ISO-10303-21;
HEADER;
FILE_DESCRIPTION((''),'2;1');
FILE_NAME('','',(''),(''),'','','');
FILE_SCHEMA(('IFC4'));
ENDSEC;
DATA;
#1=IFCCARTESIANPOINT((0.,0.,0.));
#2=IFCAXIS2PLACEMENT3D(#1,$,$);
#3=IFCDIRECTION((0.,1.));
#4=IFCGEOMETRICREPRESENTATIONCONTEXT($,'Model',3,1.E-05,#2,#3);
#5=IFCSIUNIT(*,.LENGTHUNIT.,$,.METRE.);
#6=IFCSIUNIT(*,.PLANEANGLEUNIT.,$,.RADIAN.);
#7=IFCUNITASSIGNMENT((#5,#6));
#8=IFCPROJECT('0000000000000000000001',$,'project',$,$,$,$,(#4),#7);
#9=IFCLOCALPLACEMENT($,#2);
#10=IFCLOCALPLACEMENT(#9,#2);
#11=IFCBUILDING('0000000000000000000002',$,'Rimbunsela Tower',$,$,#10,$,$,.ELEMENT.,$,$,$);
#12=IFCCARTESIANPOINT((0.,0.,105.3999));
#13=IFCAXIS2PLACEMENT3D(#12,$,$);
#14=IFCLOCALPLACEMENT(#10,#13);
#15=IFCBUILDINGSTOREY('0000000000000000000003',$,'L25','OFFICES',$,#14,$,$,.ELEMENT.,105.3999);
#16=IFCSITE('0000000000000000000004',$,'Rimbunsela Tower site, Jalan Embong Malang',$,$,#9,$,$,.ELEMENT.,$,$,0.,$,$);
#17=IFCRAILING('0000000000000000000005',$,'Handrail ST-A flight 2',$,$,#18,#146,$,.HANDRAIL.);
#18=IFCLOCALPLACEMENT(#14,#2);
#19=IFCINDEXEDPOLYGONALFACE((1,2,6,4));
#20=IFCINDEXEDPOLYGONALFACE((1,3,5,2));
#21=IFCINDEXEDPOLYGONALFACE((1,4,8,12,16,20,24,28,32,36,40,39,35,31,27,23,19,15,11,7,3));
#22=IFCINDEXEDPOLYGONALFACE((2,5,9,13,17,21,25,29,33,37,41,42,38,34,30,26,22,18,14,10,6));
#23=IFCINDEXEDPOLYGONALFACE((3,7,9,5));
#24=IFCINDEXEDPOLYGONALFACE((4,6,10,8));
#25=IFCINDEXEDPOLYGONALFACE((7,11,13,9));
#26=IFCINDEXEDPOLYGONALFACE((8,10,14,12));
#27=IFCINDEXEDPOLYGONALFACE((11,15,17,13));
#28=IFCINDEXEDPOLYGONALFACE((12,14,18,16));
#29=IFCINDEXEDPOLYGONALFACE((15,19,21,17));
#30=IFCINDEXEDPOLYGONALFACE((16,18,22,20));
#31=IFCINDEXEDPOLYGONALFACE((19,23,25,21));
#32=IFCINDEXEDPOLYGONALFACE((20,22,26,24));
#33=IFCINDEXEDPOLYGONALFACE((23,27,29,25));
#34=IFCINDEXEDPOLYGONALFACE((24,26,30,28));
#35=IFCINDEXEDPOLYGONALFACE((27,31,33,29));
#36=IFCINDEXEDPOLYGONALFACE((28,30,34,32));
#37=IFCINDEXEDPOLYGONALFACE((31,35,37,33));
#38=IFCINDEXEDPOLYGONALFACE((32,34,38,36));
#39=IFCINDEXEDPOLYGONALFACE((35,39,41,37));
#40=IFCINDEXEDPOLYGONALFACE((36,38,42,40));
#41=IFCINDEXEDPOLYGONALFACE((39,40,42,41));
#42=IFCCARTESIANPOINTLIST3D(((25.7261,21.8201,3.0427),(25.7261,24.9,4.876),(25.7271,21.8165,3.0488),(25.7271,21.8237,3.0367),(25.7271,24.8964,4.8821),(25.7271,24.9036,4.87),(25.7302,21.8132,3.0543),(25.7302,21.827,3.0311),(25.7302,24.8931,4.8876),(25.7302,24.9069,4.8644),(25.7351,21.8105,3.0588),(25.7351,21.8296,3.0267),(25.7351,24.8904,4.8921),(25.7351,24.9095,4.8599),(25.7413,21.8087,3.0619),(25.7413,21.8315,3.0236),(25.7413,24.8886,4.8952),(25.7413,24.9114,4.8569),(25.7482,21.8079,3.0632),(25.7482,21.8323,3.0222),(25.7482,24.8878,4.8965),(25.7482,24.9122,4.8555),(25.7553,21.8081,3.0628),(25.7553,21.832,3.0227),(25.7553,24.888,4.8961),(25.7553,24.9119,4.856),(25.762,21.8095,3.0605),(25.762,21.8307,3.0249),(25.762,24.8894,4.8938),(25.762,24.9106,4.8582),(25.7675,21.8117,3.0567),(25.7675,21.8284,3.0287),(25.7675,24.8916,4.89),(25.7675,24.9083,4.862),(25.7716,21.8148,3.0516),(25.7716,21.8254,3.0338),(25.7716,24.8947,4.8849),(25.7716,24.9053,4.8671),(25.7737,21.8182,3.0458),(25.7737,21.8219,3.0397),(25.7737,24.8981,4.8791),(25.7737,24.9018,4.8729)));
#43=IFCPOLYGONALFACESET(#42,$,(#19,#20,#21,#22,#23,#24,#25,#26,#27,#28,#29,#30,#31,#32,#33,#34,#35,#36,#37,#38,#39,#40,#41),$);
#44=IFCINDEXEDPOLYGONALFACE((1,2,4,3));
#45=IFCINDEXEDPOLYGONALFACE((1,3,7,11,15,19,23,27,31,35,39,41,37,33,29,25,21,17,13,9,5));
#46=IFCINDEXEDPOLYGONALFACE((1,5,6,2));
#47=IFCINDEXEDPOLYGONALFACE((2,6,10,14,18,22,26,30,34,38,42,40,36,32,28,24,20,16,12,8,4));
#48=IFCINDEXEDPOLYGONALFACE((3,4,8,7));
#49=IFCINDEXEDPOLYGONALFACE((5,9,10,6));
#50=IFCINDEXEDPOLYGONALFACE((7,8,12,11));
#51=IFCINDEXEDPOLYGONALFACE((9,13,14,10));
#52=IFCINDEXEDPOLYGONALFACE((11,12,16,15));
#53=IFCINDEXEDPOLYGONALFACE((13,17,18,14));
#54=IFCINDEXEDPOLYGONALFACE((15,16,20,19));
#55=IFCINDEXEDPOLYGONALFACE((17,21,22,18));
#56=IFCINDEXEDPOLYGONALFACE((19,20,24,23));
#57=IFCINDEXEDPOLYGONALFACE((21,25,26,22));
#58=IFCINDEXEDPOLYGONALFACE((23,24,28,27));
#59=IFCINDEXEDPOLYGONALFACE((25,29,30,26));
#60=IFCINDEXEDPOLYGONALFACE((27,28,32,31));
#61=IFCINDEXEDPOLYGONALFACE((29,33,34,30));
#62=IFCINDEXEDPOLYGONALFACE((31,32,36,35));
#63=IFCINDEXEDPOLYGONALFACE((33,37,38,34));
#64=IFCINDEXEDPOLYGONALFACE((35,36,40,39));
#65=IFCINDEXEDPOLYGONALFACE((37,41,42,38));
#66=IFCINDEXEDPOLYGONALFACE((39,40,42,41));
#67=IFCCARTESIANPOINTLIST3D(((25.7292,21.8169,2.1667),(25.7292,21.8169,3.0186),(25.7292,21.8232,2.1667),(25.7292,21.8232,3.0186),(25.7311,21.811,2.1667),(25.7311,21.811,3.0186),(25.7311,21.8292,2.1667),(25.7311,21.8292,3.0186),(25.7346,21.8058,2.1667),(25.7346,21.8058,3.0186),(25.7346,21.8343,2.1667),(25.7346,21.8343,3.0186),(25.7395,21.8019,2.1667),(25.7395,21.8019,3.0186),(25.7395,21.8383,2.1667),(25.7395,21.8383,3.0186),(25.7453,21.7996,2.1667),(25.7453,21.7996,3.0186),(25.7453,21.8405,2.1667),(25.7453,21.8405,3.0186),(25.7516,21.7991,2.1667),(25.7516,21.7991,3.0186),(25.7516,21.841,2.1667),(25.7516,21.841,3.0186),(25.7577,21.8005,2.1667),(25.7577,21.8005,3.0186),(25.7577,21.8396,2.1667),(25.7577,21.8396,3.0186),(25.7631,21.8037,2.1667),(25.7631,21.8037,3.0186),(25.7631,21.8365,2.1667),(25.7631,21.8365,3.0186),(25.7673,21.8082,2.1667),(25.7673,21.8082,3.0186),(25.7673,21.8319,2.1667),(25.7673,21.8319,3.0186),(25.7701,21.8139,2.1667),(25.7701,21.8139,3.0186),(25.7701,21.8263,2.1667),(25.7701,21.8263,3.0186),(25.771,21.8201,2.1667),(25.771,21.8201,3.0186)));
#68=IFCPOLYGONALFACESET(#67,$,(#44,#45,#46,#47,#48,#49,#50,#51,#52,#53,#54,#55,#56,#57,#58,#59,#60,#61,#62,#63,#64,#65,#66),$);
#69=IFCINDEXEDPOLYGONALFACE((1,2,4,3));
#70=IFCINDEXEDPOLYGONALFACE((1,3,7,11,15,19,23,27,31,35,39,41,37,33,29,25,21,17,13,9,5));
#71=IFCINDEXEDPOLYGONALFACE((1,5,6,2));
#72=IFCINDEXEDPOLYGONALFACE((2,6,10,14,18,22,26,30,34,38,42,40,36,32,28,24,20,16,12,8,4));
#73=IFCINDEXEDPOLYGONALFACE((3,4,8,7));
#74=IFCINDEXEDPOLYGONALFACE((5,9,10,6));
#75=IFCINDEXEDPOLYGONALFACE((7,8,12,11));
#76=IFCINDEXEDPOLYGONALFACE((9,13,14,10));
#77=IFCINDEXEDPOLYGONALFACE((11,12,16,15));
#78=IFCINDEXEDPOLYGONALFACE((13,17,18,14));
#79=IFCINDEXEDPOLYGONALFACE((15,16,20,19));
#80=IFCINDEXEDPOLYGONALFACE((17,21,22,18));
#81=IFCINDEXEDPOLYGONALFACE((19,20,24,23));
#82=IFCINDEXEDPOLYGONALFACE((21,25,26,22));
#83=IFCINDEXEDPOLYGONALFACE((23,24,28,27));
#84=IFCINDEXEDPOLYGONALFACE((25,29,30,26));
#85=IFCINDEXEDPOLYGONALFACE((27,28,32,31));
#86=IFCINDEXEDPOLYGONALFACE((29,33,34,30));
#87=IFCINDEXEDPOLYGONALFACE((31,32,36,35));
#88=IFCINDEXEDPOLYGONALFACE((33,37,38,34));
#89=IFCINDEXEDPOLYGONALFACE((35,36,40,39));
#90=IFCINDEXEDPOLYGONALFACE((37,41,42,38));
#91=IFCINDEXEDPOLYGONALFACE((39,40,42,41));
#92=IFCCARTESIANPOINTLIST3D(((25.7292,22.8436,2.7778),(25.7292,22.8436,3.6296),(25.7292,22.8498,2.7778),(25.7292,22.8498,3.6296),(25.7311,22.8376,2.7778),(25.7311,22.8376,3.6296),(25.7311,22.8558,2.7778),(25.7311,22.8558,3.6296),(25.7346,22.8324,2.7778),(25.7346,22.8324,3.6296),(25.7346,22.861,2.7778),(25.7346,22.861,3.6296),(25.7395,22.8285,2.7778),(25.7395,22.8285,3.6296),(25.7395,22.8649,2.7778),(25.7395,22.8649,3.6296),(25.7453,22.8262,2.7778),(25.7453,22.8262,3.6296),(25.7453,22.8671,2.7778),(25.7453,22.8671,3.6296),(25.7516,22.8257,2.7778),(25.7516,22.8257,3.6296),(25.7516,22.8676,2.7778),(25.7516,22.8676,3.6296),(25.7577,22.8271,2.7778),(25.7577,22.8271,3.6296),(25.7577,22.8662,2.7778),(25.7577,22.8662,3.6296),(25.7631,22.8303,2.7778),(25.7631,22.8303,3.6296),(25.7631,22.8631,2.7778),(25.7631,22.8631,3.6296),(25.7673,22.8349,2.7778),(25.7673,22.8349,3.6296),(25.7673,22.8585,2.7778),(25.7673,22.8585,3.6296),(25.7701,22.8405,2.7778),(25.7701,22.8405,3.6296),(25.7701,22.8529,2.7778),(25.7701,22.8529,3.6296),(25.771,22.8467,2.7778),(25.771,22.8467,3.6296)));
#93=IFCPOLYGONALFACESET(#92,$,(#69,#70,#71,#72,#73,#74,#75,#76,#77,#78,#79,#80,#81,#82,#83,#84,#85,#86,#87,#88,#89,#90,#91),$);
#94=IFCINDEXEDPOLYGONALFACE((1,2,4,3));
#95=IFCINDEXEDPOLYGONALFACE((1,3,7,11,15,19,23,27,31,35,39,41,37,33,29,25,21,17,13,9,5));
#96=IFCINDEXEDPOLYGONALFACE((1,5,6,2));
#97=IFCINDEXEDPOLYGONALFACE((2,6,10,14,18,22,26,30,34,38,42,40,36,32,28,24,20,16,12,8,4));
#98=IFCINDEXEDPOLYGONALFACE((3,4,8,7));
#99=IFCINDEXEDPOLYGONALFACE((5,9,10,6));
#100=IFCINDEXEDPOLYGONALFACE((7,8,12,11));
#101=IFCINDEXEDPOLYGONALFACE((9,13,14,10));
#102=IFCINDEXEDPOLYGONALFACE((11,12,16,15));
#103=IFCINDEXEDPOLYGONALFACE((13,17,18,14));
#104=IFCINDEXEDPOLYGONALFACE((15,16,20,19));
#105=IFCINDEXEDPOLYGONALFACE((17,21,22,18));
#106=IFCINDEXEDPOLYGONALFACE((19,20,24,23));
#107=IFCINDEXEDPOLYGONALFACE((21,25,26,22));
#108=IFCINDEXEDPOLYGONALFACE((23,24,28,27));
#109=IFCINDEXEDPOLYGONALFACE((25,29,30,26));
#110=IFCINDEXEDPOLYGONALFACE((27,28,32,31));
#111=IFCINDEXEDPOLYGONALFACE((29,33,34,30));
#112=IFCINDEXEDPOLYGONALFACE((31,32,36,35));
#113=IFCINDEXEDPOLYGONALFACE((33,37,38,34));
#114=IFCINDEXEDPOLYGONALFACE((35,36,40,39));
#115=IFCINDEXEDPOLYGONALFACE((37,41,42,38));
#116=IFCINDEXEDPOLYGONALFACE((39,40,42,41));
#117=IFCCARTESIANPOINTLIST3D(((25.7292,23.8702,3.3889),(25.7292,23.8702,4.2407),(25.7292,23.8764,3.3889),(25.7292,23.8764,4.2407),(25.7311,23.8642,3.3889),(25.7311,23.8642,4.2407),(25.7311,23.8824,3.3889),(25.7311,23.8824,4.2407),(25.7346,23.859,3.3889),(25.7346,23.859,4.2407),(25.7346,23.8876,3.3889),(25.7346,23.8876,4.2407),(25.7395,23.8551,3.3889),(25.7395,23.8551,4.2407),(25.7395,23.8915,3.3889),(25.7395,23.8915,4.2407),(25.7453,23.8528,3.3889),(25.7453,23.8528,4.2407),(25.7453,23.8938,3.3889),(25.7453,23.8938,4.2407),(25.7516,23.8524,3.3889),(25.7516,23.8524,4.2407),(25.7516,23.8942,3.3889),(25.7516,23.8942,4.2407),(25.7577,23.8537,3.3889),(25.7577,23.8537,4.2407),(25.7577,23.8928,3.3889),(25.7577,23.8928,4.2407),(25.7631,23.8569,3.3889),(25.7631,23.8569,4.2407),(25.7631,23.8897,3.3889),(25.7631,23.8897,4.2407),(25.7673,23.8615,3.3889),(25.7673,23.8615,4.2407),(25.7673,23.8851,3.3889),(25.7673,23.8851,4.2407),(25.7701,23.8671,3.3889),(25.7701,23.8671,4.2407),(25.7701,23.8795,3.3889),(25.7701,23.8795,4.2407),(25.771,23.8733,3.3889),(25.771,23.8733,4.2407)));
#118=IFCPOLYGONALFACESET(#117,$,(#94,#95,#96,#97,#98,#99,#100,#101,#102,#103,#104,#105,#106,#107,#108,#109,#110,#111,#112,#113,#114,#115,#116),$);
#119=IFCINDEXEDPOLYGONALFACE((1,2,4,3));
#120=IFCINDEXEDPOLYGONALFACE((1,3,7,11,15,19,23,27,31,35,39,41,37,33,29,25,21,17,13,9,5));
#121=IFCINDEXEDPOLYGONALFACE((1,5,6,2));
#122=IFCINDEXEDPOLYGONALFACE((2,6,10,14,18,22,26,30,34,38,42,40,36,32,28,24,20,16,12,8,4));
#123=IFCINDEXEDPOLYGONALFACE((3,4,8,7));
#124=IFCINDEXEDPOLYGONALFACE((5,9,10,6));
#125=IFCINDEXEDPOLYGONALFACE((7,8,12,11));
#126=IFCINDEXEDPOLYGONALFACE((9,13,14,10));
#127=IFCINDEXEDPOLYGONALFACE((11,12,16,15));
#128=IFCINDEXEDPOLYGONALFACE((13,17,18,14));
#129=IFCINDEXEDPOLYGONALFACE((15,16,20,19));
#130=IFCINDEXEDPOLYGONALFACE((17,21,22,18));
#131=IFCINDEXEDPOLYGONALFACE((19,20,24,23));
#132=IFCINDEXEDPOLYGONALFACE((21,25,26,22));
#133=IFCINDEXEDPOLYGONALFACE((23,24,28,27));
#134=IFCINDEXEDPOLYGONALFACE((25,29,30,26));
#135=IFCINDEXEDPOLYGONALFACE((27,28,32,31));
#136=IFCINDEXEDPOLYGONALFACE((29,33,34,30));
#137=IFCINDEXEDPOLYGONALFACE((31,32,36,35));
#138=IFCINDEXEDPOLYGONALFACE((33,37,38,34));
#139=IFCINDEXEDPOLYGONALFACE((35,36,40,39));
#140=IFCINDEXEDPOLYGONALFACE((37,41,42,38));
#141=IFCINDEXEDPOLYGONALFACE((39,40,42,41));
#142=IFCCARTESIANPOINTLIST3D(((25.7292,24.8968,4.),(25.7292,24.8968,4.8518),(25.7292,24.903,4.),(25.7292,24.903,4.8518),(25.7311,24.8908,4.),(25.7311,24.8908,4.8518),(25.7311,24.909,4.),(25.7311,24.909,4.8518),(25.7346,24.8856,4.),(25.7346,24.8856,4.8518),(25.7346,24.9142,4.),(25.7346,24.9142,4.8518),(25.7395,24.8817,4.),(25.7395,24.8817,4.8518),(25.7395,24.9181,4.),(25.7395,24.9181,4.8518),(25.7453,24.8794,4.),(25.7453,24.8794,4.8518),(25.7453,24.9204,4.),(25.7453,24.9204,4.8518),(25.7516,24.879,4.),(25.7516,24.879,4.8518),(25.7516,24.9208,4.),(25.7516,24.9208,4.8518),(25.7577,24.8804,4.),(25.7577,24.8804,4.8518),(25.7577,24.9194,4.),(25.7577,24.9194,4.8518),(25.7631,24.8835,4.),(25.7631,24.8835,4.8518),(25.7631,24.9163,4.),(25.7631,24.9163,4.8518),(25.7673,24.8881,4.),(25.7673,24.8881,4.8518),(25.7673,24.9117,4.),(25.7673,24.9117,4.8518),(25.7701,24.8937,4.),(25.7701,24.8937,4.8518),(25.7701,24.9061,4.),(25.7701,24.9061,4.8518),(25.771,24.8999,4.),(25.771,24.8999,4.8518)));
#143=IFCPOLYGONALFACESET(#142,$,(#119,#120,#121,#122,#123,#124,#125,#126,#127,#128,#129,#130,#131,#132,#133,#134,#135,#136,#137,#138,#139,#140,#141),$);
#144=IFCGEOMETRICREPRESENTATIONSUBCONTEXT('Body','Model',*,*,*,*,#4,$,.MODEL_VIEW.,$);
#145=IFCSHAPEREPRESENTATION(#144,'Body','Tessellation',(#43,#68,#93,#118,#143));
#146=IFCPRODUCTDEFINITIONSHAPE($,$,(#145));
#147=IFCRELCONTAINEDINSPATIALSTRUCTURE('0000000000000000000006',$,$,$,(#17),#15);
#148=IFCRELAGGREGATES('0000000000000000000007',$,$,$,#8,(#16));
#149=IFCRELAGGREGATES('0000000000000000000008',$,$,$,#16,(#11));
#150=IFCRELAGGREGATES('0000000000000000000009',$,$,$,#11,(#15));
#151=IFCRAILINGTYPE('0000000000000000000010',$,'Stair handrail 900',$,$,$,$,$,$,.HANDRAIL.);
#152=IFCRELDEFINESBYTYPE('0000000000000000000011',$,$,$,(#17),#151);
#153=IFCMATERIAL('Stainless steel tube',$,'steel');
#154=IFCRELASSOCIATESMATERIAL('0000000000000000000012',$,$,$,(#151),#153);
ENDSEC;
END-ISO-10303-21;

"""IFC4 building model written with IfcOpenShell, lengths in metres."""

from ifc_helpers import new_model, si_unit, direction, frame, origin, origin_2d, place, context, subcontext, project, spatial, circle, extrude, material, type_object, element, save


model = new_model("IFC4")

# Units and contexts
model_context = context("Model", 3, precision=1e-05, world=origin(), true_north=direction((0.0, 1.0)))
body_context = subcontext(model_context, "Body", "Model", "MODEL_VIEW")
ifc_project = project(units=[si_unit("LENGTHUNIT", "METRE"), si_unit("PLANEANGLEUNIT", "RADIAN")], contexts=[model_context])

# Site, building, storey
site_placement = place(None, origin())
site = spatial("IfcSite", under=ifc_project, at=site_placement, Name="Rimbunsela Tower site, Jalan Embong Malang", CompositionType="ELEMENT", RefElevation=0.0)
building_placement = place(site_placement, origin())
building = spatial("IfcBuilding", under=site, at=building_placement, Name="Rimbunsela Tower", CompositionType="ELEMENT")
storey_placement = place(building_placement, frame((0.0, 0.0, 105.3999)))
storey = spatial("IfcBuildingStorey", under=building, at=storey_placement, Name="L25", Description="OFFICES", CompositionType="ELEMENT", Elevation=105.3999)

# Railing
ifc_material_1 = material(Name="Stainless steel tube", Category="steel")
railing_type = type_object("IfcRailingType", Name="Stair handrail 900", PredefinedType="HANDRAIL", material=ifc_material_1)
railing_placement = place(storey_placement, frame((25.75, 21.8201, 2.1667)))
element("IfcRailing", 1, at=railing_placement, inside=storey, type_object=railing_type, Name="Handrail ST-A flight 2", PredefinedType="HANDRAIL", context=body_context, shape_type="SweptSolid", body=[
    extrude(circle(Radius=0.0239, at=origin_2d()), frame((0.0, 0.0, 0.876), z_axis=(0.0, 0.859291, 0.511487), x_axis=(-1.0, 0.0, 0.0)), (0.0, 0.0, 1.0), 3.5842),
    extrude(circle(Radius=0.021, at=origin_2d()), origin(), (0.0, 0.0, 1.0), 0.8518),
    extrude(circle(Radius=0.021, at=origin_2d()), frame((0.0, 1.0266, 0.6111)), (0.0, 0.0, 1.0), 0.8518),
    extrude(circle(Radius=0.021, at=origin_2d()), frame((0.0, 2.0532, 1.2222)), (0.0, 0.0, 1.0), 0.8518),
    extrude(circle(Radius=0.021, at=origin_2d()), frame((0.0, 3.0798, 1.8333)), (0.0, 0.0, 1.0), 0.8518),
])

save(model, "model.ifc")
